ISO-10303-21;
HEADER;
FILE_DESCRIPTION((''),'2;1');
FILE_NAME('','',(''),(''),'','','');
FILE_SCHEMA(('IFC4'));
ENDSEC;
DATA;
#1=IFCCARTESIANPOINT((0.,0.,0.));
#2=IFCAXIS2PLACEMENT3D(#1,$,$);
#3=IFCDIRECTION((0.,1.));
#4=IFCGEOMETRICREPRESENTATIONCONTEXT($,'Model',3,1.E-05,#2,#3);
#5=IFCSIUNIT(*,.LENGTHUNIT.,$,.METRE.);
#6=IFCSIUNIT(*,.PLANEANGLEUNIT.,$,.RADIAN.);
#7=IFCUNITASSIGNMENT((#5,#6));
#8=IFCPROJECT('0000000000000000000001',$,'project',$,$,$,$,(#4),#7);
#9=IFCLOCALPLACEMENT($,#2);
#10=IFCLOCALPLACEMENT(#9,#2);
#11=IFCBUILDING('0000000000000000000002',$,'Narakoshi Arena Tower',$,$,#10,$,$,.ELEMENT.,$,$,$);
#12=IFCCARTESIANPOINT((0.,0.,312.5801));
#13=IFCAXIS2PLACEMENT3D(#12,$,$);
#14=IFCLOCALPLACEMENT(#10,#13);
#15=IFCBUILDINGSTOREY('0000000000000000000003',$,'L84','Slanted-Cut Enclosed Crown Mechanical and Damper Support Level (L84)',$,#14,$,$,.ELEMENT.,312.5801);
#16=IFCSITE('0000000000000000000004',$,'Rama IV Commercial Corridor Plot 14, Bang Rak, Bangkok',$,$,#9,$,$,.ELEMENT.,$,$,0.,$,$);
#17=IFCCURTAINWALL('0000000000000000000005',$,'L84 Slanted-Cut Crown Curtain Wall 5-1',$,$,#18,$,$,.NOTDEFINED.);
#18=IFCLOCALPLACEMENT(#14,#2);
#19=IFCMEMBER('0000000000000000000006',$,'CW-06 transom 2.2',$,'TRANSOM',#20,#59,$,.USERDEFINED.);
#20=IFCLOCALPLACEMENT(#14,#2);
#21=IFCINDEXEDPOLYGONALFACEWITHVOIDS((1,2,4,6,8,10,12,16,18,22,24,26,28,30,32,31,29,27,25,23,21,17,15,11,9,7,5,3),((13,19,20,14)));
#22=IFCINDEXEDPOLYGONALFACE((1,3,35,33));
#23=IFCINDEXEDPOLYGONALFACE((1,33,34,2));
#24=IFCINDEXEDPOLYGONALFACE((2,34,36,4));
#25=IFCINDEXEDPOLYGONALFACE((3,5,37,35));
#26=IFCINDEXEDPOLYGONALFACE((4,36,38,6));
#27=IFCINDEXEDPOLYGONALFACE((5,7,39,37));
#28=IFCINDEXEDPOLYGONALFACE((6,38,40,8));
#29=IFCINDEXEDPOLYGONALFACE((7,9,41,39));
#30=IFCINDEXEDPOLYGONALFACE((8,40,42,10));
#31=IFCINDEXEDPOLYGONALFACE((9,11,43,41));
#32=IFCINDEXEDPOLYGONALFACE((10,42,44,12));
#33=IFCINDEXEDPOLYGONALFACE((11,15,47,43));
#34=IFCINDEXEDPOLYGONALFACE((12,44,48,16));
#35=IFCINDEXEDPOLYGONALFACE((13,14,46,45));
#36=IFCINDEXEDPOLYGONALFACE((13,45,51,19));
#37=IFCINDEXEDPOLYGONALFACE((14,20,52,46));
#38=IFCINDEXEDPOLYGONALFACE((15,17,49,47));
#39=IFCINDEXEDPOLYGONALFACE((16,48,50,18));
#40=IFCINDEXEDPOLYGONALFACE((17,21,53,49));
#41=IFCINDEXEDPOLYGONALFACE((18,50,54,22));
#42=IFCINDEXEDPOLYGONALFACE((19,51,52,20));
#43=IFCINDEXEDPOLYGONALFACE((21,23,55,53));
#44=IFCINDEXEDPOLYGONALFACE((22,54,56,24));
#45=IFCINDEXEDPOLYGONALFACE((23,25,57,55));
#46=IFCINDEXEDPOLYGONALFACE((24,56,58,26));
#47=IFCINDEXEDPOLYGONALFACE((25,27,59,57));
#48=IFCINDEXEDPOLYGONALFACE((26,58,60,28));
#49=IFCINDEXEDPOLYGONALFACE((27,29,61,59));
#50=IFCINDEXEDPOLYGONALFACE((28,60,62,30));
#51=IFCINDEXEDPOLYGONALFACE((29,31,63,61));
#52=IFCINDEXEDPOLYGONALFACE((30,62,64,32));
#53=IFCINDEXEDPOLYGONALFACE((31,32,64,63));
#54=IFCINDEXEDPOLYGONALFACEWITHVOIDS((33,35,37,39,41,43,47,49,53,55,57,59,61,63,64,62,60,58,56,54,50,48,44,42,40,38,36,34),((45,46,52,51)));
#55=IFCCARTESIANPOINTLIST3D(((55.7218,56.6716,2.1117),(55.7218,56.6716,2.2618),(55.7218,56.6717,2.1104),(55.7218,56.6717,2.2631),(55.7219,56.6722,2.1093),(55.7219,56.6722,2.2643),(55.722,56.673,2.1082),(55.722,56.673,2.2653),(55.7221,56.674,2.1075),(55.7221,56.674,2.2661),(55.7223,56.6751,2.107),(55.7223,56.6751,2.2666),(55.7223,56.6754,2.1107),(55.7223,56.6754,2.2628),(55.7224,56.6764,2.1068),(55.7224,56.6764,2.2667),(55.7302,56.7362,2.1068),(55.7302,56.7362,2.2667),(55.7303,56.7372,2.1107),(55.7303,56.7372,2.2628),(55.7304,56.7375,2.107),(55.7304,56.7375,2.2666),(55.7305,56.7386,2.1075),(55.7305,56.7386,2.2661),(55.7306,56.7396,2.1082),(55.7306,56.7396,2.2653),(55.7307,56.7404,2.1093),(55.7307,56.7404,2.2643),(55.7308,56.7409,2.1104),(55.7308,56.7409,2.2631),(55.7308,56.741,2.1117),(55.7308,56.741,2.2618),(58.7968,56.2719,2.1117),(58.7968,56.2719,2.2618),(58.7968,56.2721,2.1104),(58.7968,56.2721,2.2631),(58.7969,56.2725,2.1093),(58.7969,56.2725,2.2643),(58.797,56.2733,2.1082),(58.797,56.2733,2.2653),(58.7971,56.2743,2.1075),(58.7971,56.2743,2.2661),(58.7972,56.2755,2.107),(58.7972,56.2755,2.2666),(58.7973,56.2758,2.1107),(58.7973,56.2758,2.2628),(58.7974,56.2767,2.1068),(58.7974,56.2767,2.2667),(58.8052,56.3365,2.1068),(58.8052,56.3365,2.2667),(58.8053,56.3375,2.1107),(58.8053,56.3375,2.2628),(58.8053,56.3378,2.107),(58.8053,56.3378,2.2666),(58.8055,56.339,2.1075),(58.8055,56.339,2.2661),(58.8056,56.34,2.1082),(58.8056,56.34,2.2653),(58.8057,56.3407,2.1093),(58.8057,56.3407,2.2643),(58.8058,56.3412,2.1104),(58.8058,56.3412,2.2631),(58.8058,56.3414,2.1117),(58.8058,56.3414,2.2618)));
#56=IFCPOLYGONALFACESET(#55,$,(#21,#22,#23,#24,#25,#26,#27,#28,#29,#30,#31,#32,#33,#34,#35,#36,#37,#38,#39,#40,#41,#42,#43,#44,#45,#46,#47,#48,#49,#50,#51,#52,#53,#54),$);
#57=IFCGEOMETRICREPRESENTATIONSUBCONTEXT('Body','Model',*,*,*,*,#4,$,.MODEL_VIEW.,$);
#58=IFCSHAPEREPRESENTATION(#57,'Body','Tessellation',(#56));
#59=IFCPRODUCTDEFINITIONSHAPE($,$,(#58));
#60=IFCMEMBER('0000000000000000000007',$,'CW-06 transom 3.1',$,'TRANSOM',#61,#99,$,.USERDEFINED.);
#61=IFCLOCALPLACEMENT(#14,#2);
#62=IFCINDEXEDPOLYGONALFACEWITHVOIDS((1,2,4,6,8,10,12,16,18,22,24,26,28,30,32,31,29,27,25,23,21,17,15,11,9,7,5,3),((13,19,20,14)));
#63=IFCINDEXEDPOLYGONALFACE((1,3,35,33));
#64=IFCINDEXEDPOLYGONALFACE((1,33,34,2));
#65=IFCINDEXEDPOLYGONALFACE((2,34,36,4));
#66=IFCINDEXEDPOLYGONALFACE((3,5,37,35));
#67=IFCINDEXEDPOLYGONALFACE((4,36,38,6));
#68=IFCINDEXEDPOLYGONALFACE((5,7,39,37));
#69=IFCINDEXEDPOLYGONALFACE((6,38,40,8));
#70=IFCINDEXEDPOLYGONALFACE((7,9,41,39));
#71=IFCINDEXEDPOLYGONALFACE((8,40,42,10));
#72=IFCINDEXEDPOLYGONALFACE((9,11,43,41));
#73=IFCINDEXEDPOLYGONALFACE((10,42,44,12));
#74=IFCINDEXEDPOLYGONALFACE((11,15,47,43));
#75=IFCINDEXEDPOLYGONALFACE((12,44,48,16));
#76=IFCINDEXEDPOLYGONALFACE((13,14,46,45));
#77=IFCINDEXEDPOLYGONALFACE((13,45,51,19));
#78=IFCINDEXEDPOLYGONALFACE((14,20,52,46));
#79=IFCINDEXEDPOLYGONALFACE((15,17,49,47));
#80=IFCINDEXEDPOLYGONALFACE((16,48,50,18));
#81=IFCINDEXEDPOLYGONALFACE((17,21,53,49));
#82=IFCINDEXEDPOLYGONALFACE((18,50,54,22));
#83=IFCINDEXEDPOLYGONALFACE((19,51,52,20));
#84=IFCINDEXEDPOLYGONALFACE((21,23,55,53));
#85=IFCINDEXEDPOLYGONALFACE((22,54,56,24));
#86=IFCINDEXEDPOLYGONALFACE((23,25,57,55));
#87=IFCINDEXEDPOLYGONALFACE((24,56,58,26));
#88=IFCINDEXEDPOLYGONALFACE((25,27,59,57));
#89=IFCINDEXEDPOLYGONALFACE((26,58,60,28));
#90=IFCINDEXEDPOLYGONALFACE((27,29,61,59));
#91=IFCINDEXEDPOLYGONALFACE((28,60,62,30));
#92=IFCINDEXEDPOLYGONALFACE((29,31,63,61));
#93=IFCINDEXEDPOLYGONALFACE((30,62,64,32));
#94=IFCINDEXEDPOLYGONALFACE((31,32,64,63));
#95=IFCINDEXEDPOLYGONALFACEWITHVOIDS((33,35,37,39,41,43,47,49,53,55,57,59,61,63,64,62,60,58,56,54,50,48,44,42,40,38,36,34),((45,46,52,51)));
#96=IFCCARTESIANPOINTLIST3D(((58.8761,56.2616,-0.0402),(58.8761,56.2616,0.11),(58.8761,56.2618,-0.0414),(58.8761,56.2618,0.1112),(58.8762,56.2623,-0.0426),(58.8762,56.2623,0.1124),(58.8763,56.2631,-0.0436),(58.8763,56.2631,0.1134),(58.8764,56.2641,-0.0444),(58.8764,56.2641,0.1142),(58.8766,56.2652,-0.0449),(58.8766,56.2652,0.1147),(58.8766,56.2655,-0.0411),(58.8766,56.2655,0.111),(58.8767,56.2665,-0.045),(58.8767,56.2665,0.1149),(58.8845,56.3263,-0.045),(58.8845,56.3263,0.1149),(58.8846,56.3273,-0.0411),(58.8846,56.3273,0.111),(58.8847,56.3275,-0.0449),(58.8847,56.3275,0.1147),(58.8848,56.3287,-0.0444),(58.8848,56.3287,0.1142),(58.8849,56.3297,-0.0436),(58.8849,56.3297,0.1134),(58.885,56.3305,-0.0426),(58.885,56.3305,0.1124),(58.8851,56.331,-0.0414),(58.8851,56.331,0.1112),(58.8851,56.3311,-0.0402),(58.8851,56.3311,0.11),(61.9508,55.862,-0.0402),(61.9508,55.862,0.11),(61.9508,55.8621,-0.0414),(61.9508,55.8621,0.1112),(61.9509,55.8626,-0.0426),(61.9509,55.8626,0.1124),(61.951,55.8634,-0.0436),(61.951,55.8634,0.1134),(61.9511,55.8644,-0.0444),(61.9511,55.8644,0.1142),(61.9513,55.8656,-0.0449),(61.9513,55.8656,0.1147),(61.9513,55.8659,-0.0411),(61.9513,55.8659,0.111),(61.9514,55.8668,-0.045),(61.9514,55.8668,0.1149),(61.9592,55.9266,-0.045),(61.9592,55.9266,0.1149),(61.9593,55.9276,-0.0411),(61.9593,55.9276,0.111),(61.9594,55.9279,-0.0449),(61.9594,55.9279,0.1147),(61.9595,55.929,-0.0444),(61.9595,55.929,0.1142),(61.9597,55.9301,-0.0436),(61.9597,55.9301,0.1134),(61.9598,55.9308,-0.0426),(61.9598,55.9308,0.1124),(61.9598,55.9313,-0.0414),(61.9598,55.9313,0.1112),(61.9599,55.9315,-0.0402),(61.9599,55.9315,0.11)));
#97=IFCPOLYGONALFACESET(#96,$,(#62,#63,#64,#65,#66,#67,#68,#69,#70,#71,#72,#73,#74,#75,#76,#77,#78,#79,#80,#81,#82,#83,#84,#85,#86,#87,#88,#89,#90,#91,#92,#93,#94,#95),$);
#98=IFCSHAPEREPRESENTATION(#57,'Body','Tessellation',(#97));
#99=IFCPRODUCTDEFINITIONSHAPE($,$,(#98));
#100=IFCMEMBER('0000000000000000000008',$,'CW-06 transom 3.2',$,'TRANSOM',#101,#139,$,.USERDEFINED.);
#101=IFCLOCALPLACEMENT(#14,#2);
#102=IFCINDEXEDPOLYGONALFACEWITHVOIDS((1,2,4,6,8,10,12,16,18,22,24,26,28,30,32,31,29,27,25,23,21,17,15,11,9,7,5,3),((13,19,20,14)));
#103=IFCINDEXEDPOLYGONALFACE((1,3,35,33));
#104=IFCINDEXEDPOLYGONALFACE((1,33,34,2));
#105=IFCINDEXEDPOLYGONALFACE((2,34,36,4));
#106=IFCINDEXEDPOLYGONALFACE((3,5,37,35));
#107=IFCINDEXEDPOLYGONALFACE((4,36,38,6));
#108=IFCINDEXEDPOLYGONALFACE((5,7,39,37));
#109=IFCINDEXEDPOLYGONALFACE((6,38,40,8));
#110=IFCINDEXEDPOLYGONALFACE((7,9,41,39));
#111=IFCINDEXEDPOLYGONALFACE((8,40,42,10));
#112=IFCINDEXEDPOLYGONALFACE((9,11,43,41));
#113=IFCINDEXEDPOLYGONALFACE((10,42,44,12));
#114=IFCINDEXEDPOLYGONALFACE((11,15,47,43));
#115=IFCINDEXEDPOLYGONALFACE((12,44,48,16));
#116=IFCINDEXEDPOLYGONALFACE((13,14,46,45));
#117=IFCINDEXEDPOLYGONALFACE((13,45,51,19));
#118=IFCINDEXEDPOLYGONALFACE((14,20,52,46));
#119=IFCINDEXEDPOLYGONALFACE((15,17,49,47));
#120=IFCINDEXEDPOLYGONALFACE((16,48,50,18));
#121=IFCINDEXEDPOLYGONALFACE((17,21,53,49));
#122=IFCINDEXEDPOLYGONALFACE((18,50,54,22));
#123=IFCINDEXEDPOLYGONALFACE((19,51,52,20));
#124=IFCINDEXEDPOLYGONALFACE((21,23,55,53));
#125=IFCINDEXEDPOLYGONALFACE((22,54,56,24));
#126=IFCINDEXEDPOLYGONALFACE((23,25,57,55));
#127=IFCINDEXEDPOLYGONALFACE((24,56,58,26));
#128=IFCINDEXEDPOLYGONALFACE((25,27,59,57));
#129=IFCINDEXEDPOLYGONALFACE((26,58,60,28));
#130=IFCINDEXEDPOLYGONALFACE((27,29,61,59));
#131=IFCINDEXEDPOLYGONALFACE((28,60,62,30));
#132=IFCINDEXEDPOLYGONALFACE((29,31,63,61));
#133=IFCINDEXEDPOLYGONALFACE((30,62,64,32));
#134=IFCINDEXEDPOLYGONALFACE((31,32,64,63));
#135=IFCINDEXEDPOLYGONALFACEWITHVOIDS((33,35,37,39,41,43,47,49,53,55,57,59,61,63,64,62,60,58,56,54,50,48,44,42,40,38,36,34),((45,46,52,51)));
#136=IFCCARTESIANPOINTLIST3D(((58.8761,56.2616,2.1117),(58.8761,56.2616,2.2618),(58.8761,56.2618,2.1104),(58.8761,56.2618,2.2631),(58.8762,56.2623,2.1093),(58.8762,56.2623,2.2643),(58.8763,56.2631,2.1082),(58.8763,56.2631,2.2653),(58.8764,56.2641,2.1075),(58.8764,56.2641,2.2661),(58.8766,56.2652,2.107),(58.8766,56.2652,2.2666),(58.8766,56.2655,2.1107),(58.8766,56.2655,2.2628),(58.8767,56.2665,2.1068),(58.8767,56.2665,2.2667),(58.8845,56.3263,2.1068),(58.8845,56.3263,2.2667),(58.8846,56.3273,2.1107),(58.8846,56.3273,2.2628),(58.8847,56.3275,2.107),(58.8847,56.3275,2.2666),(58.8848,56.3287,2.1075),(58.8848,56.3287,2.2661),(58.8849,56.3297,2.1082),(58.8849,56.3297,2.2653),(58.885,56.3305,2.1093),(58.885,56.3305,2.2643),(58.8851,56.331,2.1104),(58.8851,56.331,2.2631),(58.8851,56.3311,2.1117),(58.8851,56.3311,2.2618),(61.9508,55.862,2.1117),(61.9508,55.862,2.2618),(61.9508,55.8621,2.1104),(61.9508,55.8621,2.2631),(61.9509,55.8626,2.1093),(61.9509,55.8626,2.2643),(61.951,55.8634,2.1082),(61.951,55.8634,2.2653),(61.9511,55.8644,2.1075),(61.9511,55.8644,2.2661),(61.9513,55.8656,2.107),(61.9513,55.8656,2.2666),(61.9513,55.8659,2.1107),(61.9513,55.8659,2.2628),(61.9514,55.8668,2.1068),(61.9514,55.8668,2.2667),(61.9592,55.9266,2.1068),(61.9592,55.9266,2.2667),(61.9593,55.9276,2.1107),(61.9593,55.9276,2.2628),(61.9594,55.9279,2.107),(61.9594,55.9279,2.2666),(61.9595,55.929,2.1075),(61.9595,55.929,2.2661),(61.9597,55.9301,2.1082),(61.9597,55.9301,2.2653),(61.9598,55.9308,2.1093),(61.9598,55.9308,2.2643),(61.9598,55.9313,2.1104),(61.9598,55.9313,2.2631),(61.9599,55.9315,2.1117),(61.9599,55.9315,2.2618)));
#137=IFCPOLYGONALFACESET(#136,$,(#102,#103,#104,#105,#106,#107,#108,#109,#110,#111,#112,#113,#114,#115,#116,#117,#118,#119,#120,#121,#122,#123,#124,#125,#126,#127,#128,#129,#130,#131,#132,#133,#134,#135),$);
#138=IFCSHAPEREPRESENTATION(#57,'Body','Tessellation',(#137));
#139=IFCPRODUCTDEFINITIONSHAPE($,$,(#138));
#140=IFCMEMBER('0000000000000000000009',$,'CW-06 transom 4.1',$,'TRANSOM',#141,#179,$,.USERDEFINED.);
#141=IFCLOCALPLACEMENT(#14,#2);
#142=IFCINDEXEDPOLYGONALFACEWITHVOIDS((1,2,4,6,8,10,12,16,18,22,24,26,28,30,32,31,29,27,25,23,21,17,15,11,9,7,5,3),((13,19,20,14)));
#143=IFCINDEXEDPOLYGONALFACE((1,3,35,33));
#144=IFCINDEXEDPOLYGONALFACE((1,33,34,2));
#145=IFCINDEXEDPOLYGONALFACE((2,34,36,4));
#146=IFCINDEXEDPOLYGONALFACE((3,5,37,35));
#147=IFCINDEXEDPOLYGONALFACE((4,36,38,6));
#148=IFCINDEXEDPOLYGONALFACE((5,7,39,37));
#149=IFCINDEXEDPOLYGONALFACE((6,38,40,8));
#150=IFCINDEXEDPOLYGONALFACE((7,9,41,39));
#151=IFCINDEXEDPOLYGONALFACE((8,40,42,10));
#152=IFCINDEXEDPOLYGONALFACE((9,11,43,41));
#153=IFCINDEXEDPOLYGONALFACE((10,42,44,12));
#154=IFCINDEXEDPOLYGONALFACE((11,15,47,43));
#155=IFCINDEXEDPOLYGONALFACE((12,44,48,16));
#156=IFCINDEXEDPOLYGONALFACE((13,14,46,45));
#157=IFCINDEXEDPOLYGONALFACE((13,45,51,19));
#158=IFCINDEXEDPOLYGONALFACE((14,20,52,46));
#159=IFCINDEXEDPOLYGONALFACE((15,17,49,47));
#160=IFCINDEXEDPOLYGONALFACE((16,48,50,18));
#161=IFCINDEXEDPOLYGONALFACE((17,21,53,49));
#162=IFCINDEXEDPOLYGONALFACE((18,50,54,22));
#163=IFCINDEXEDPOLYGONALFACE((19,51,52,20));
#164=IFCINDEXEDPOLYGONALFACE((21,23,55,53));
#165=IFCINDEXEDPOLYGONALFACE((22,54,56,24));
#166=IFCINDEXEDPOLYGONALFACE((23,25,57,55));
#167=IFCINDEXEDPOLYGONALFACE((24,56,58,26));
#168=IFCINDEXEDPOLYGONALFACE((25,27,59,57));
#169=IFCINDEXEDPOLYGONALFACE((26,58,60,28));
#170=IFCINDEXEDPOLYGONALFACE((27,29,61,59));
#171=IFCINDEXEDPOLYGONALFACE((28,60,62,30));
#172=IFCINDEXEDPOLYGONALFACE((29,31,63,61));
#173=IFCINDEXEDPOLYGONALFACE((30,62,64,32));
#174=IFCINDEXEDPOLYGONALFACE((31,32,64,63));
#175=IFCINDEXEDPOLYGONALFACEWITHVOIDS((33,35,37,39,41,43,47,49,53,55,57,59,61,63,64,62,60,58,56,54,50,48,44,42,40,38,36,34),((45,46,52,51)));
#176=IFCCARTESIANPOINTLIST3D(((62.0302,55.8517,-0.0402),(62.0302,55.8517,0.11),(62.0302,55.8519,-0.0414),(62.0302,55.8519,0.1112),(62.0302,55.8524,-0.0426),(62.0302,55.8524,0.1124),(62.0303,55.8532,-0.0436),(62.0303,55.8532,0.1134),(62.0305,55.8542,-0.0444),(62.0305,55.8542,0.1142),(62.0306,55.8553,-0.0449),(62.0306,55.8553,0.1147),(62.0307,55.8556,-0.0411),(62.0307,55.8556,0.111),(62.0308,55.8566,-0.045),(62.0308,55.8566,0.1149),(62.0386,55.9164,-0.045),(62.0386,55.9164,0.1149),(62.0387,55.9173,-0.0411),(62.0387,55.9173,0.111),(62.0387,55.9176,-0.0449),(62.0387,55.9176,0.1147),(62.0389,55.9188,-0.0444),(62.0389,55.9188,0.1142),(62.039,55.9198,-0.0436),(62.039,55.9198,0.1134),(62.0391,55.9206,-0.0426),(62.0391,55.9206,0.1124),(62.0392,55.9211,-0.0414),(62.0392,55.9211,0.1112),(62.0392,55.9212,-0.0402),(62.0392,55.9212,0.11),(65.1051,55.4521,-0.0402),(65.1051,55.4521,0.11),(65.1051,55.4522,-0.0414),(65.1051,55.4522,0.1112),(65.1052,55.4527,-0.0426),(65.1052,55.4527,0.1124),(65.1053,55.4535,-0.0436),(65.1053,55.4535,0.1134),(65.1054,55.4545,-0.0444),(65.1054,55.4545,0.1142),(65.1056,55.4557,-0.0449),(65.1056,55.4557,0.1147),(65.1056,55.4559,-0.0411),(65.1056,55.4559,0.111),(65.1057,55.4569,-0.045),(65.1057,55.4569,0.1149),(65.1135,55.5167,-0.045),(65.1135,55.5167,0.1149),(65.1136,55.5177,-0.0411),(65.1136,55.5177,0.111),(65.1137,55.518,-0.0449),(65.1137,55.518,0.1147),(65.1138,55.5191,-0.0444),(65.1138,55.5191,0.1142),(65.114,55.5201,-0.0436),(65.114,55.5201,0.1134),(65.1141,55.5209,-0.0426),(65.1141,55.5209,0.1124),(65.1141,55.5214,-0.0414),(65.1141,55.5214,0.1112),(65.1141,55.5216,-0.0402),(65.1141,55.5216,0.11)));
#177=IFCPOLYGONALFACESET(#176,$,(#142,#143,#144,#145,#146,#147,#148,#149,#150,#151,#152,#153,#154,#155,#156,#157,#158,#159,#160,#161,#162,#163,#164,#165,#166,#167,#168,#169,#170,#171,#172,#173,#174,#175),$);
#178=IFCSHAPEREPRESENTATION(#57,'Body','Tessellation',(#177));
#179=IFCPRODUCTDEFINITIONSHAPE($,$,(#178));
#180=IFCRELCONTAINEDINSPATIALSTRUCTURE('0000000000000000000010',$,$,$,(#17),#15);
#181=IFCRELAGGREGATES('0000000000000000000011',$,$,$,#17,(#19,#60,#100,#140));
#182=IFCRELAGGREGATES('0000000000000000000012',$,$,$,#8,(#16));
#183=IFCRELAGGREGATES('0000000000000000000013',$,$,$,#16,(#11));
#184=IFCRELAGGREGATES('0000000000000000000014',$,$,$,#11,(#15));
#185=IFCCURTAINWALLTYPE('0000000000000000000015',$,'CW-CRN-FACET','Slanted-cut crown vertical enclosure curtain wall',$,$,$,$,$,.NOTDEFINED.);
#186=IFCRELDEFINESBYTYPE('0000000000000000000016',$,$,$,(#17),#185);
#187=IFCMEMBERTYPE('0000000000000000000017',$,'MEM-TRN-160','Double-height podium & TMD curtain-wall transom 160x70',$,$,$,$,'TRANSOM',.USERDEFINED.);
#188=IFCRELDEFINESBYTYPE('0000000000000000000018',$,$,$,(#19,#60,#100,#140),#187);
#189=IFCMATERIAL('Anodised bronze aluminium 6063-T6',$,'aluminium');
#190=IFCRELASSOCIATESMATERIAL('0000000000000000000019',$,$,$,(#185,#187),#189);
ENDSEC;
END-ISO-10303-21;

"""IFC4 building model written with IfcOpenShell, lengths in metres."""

from ifc_helpers import new_model, si_unit, direction, frame, origin, origin_2d, place, context, subcontext, project, spatial, hollow_rectangle, extrude, material, material_profile, profile_set, type_object, element, aggregate, save


model = new_model("IFC4")

# Units and contexts
model_context = context("Model", 3, precision=1e-05, world=origin(), true_north=direction((0.0, 1.0)))
body_context = subcontext(model_context, "Body", "Model", "MODEL_VIEW")
ifc_project = project(units=[si_unit("LENGTHUNIT", "METRE"), si_unit("PLANEANGLEUNIT", "RADIAN")], contexts=[model_context])

# Site, building, storey
site_placement = place(None, origin())
site = spatial("IfcSite", under=ifc_project, at=site_placement, Name="Rama IV Commercial Corridor Plot 14, Bang Rak, Bangkok", CompositionType="ELEMENT", RefElevation=0.0)
building_placement = place(site_placement, origin())
building = spatial("IfcBuilding", under=site, at=building_placement, Name="Narakoshi Arena Tower", CompositionType="ELEMENT")
storey_placement = place(building_placement, frame((0.0, 0.0, 312.5801)))
storey = spatial("IfcBuildingStorey", under=building, at=storey_placement, Name="L84", Description="Slanted-Cut Enclosed Crown Mechanical and Damper Support Level (L84)", CompositionType="ELEMENT", Elevation=312.5801)

# Curtain wall, members
ifc_material_1 = material(Name="Anodised bronze aluminium 6063-T6", Category="aluminium")
curtain_wall_type = type_object("IfcCurtainWallType", Name="CW-CRN-FACET", Description="Slanted-cut crown vertical enclosure curtain wall", PredefinedType="NOTDEFINED", material=ifc_material_1)
curtain_wall_placement = place(storey_placement, origin())
curtain_wall = element("IfcCurtainWall", 1, at=curtain_wall_placement, inside=storey, type_object=curtain_wall_type, Name="L84 Slanted-Cut Crown Curtain Wall 5-1", PredefinedType="NOTDEFINED")
ifc_material_profile_1 = material_profile(ifc_material_1, hollow_rectangle(XDim=0.0701, YDim=0.1599, WallThickness=0.0039, OuterFilletRadius=0.0049, at=origin_2d()), Name="TRN160x70x4")
ifc_profile_set_1 = profile_set([ifc_material_profile_1], Name="Anodised bronze aluminium 6063-T6")
member_type_1 = type_object("IfcMemberType", Name="MEM-TRN-160", Description="Double-height podium & TMD curtain-wall transom 160x70", ElementType="TRANSOM", PredefinedType="USERDEFINED", material=ifc_profile_set_1)
member_1_placement = place(storey_placement, frame((55.7263, 56.7063, 2.1868), z_axis=(0.991659, -0.128888, 0.0), x_axis=(0.128888, 0.991659, 0.0)))
member_1 = element("IfcMember", 2, at=member_1_placement, type_object=member_type_1, Name="CW-06 transom 2.2", ObjectType="TRANSOM", PredefinedType="USERDEFINED", context=body_context, shape_type="SweptSolid", body=[
    extrude(hollow_rectangle(XDim=0.0701, YDim=0.1599, WallThickness=0.0039, OuterFilletRadius=0.0049, at=origin_2d()), origin(), (0.0, 0.0, 1.0), 3.1008),
])
member_2_placement = place(storey_placement, frame((58.8806, 56.2964, 0.0349), z_axis=(0.991658, -0.128898, 0.0), x_axis=(0.128898, 0.991658, 0.0)))
member_2 = element("IfcMember", 3, at=member_2_placement, type_object=member_type_1, Name="CW-06 transom 3.1", ObjectType="TRANSOM", PredefinedType="USERDEFINED", context=body_context, shape_type="SweptSolid", body=[
    extrude(hollow_rectangle(XDim=0.0701, YDim=0.1599, WallThickness=0.0039, OuterFilletRadius=0.0049, at=origin_2d()), origin(), (0.0, 0.0, 1.0), 3.1006),
])
member_3_placement = place(storey_placement, frame((58.8806, 56.2964, 2.1868), z_axis=(0.991658, -0.128898, 0.0), x_axis=(0.128898, 0.991658, 0.0)))
member_3 = element("IfcMember", 4, at=member_3_placement, type_object=member_type_1, Name="CW-06 transom 3.2", ObjectType="TRANSOM", PredefinedType="USERDEFINED", context=body_context, shape_type="SweptSolid", body=[
    extrude(hollow_rectangle(XDim=0.0701, YDim=0.1599, WallThickness=0.0039, OuterFilletRadius=0.0049, at=origin_2d()), origin(), (0.0, 0.0, 1.0), 3.1006),
])
member_4_placement = place(storey_placement, frame((62.0347, 55.8865, 0.0349), z_axis=(0.991659, -0.128888, 0.0), x_axis=(0.128888, 0.991659, 0.0)))
member_4 = element("IfcMember", 5, at=member_4_placement, type_object=member_type_1, Name="CW-06 transom 4.1", ObjectType="TRANSOM", PredefinedType="USERDEFINED", context=body_context, shape_type="SweptSolid", body=[
    extrude(hollow_rectangle(XDim=0.0701, YDim=0.1599, WallThickness=0.0039, OuterFilletRadius=0.0049, at=origin_2d()), origin(), (0.0, 0.0, 1.0), 3.1008),
])
aggregate(curtain_wall, [member_1, member_2, member_3, member_4])

save(model, "model.ifc")
